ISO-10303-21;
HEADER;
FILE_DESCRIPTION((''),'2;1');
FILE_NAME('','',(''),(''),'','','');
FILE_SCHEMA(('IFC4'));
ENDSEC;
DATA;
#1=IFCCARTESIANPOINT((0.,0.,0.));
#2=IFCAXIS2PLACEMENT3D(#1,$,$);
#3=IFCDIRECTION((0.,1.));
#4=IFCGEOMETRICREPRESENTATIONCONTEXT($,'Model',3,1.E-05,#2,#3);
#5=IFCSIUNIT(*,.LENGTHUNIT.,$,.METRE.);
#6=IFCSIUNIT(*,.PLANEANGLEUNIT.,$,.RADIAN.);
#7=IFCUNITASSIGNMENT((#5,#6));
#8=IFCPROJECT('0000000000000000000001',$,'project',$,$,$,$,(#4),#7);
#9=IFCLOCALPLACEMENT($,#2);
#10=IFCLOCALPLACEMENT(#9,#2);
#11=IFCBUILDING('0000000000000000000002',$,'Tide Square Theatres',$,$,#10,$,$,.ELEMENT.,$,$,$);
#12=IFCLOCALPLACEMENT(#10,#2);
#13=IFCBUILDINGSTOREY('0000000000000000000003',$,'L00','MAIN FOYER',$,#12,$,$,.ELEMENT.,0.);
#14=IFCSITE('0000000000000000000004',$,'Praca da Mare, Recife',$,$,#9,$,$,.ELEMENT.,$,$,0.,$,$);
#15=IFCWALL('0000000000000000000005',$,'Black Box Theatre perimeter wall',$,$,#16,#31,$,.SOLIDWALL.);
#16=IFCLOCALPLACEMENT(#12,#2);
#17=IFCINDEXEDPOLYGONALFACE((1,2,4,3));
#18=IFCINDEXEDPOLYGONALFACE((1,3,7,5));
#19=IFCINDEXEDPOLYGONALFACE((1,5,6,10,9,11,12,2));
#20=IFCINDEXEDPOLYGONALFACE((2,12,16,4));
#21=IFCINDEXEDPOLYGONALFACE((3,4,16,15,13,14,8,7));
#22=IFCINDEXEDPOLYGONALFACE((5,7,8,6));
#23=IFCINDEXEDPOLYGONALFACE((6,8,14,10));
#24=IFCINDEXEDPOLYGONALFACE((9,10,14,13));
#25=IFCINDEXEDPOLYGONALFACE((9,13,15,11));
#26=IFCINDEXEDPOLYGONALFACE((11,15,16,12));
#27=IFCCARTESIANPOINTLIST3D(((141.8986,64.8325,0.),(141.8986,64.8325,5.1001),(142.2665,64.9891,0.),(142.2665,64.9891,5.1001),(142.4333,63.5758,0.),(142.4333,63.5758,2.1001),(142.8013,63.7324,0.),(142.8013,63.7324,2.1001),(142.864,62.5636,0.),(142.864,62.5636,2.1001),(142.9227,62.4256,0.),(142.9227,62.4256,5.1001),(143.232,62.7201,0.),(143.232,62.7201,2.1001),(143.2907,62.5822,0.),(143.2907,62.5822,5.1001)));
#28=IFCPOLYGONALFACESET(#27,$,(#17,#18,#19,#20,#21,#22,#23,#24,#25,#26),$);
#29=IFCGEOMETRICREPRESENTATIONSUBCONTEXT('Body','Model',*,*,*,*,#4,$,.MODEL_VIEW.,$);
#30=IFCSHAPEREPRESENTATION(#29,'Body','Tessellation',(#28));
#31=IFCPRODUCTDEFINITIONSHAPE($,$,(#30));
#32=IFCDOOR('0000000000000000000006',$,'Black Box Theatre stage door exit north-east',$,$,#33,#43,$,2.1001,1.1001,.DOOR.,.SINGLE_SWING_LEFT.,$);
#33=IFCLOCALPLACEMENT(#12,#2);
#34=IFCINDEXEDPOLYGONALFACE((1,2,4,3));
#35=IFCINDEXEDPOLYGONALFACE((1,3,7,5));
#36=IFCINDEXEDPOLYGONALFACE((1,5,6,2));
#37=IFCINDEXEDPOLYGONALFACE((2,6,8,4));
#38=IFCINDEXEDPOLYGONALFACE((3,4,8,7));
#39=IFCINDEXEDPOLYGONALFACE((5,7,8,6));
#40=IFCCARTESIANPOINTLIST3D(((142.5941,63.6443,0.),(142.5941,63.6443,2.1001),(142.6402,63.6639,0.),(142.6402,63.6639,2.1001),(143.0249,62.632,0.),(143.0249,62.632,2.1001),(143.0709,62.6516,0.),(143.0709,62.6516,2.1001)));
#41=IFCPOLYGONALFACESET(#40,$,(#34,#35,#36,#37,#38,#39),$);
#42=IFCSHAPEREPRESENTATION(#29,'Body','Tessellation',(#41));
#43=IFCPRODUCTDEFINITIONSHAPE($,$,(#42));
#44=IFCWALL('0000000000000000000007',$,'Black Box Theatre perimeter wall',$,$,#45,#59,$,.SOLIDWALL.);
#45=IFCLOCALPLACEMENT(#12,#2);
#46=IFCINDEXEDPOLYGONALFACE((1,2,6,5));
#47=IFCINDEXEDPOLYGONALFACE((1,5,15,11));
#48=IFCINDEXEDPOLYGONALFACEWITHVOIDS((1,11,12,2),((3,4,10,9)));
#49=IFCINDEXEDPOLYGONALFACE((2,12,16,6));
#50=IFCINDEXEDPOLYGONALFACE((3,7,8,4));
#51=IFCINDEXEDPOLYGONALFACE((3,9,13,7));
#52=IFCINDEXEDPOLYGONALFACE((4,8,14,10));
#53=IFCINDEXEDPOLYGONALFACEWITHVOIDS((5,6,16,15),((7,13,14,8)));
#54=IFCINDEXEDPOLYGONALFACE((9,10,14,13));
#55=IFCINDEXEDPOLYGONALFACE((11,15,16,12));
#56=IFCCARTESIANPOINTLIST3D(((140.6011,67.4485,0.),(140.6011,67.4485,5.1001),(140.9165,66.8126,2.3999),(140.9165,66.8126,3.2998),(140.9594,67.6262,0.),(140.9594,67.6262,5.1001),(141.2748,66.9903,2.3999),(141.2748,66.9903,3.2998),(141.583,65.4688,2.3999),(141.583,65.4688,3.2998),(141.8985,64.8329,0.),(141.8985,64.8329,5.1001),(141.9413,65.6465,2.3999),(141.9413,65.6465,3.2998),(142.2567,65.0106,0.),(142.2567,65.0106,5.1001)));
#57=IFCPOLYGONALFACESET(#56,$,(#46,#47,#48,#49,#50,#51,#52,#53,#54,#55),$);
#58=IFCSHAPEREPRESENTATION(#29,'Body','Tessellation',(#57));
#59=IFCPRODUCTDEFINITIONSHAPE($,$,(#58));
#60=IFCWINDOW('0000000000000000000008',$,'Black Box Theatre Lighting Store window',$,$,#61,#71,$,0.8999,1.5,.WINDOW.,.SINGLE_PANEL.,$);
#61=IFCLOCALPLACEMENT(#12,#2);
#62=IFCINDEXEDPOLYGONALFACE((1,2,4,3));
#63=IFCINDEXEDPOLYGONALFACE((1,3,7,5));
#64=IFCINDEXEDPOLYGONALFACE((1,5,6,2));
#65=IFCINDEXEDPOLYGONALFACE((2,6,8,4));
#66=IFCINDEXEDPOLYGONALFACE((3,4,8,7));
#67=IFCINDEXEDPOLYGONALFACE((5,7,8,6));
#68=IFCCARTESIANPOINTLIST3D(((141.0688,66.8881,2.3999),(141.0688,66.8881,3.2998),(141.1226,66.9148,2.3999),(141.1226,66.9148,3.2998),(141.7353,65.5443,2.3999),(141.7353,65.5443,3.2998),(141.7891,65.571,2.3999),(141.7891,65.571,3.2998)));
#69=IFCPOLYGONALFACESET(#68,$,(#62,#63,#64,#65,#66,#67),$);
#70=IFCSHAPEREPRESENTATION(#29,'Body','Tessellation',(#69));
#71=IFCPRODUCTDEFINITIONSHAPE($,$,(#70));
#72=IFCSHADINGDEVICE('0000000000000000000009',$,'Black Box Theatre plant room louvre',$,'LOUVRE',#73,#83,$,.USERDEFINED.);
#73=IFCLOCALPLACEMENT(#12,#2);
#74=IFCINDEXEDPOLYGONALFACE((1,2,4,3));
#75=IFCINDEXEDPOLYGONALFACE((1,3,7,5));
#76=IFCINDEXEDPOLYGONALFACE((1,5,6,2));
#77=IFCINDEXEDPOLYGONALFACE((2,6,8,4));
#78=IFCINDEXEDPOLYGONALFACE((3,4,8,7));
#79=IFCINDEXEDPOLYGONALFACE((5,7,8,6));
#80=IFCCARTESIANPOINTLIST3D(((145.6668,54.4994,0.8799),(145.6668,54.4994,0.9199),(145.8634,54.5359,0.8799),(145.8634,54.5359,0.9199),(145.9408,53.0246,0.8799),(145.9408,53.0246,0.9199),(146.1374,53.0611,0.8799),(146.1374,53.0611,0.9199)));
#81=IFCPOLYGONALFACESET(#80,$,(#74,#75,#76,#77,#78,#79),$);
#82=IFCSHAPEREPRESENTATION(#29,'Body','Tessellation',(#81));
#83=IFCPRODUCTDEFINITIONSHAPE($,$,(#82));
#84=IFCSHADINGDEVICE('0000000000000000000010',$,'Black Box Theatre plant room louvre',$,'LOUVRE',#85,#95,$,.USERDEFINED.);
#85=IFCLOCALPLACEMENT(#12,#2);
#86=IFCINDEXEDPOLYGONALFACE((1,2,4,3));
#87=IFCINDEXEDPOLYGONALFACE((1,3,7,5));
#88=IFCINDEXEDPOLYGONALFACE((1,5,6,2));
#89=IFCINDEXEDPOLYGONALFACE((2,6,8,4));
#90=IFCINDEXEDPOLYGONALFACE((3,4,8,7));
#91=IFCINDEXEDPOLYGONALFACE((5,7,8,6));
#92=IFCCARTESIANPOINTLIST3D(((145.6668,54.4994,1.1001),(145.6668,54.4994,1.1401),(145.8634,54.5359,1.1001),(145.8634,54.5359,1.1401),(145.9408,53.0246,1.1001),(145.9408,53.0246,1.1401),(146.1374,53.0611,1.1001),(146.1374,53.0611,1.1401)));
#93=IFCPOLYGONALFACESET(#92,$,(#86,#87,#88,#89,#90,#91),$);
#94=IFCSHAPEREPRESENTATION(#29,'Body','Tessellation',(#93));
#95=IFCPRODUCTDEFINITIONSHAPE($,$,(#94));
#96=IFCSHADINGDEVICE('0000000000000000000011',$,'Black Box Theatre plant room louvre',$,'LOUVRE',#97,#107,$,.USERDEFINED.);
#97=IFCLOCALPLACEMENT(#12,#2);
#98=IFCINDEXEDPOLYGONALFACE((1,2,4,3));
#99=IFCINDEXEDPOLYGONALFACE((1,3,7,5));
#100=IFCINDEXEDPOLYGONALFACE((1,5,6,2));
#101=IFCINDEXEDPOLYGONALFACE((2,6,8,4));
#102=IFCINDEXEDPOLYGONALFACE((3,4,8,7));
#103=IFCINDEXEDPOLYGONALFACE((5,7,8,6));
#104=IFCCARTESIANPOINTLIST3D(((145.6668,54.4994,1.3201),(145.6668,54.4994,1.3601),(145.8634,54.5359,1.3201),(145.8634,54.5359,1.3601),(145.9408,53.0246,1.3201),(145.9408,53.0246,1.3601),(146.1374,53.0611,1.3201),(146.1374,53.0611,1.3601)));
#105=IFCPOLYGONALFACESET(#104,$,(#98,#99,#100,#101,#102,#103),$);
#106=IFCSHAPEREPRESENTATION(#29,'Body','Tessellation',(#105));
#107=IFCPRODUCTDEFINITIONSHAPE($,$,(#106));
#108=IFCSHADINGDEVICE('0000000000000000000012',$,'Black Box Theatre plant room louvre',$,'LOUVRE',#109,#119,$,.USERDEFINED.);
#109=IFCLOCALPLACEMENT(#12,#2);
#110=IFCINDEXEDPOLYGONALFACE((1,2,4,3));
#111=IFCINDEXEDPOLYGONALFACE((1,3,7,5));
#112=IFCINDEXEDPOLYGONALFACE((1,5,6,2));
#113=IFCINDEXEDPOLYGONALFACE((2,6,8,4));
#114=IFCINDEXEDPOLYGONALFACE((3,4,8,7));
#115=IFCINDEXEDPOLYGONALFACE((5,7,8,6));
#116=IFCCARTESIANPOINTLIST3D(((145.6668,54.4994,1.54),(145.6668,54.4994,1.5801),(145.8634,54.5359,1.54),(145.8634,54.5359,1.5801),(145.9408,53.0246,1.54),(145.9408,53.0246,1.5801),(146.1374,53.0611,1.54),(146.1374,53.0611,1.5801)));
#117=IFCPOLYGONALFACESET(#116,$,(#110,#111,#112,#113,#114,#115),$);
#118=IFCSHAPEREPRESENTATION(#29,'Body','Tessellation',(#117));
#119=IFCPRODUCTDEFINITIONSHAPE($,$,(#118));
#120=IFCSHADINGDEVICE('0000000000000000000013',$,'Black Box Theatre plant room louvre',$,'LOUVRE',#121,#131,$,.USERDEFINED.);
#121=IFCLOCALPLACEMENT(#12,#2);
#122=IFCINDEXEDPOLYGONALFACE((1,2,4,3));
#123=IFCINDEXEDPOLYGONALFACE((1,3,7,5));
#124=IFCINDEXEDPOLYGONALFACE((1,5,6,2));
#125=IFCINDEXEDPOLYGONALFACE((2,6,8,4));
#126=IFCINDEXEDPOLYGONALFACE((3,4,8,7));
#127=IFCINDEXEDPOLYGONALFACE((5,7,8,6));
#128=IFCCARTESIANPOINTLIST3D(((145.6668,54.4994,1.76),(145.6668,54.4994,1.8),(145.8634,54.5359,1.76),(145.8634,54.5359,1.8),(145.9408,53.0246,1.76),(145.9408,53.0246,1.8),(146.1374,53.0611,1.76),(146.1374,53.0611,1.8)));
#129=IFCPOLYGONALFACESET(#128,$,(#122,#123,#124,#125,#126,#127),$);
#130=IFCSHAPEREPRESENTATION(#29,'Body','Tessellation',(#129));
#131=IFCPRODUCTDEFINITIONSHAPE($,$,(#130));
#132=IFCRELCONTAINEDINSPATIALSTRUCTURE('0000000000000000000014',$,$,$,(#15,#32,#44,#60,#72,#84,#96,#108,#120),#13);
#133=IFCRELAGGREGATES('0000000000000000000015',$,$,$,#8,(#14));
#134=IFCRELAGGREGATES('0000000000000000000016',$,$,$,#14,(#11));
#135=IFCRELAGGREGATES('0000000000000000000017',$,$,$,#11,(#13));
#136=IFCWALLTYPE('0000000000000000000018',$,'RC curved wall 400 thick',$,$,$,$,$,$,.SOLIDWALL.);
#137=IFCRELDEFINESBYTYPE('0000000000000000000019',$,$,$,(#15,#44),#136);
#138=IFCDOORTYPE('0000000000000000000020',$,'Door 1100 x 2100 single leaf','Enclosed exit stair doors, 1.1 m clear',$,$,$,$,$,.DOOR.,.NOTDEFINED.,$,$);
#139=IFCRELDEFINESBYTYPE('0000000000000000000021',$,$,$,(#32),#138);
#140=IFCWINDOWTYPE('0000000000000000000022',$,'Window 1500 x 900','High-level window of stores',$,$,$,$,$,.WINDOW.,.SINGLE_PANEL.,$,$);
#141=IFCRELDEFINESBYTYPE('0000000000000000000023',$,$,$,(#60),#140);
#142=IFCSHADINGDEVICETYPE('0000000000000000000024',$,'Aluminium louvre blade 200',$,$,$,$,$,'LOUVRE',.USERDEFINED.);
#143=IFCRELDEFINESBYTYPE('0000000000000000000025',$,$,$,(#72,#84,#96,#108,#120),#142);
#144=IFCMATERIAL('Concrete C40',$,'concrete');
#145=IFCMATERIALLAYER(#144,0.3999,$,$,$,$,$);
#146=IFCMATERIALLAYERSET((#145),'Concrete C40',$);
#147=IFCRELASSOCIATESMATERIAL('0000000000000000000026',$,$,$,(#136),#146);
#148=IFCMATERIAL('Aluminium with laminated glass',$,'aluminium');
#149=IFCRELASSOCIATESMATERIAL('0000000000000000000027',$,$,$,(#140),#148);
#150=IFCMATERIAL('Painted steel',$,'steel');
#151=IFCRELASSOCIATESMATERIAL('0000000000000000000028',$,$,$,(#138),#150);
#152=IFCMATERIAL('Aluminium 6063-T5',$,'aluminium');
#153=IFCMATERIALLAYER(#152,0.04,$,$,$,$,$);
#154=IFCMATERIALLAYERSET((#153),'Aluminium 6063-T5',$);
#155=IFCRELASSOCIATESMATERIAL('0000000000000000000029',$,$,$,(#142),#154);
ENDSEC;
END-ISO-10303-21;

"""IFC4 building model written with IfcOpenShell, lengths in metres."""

from ifc_helpers import new_model, si_unit, direction, frame, frame_2d, origin, origin_2d, place, context, subcontext, project, spatial, rectangle, extrude, material, layer, layer_set, type_object, element, fill, save


model = new_model("IFC4")

# Units and contexts
model_context = context("Model", 3, precision=1e-05, world=origin(), true_north=direction((0.0, 1.0)))
body_context = subcontext(model_context, "Body", "Model", "MODEL_VIEW")
ifc_project = project(units=[si_unit("LENGTHUNIT", "METRE"), si_unit("PLANEANGLEUNIT", "RADIAN")], contexts=[model_context])

# Site, building, storey
site_placement = place(None, origin())
site = spatial("IfcSite", under=ifc_project, at=site_placement, Name="Praca da Mare, Recife", CompositionType="ELEMENT", RefElevation=0.0)
building_placement = place(site_placement, origin())
building = spatial("IfcBuilding", under=site, at=building_placement, Name="Tide Square Theatres", CompositionType="ELEMENT")
storey_placement = place(building_placement, origin())
storey = spatial("IfcBuildingStorey", under=building, at=storey_placement, Name="L00", Description="MAIN FOYER", CompositionType="ELEMENT", Elevation=0.0)

# Shared definitions
ifc_material_1 = material(Name="Concrete C40", Category="concrete")
ifc_layer_1 = layer(ifc_material_1, 0.3999)
ifc_layer_set_1 = layer_set([ifc_layer_1], Name="Concrete C40")
wall_type_1 = type_object("IfcWallType", Name="RC curved wall 400 thick", PredefinedType="SOLIDWALL", material=ifc_layer_set_1)
ifc_material_2 = material(Name="Aluminium with laminated glass", Category="aluminium")
window_type_1 = type_object("IfcWindowType", Name="Window 1500 x 900", Description="High-level window of stores", PartitioningType="SINGLE_PANEL", PredefinedType="WINDOW", material=ifc_material_2)

# Wall, opening, door
wall_1_placement = place(storey_placement, frame((143.1067, 62.5039, 0.0), z_axis=(0.0, 0.0, 1.0), x_axis=(-0.39153, 0.920165, 0.0)))
wall_1 = element("IfcWall", 1, at=wall_1_placement, inside=storey, type_object=wall_type_1, Name="Black Box Theatre perimeter wall", PredefinedType="SOLIDWALL", context=body_context, shape_type="SweptSolid", body=[
    extrude(rectangle(XDim=2.6157, YDim=0.3999, at=frame_2d((1.3079, 0.0))), origin(), (0.0, 0.0, 1.0), 5.1001),
])
opening_1_placement = place(wall_1_placement, frame((0.1499, 0.0, 0.0)))
opening_1 = element("IfcOpeningElement", 2, at=opening_1_placement, cuts=wall_1, PredefinedType="OPENING", context=body_context, shape_type="SweptSolid", body=[
    extrude(rectangle(XDim=1.1001, YDim=2.1001, at=frame_2d((0.55, 1.05))), frame((0.0, 0.21, 0.0), z_axis=(0.0, -1.0, 0.0), x_axis=(1.0, 0.0, 0.0)), (0.0, 0.0, 1.0), 0.4199),
])
ifc_material_3 = material(Name="Painted steel", Category="steel")
door_type = type_object("IfcDoorType", Name="Door 1100 x 2100 single leaf", Description="Enclosed exit stair doors, 1.1 m clear", OperationType="NOTDEFINED", PredefinedType="DOOR", material=ifc_material_3)
door_placement = place(opening_1_placement, frame((1.1001, 0.0, 0.0), z_axis=(0.0, 0.0, 1.0), x_axis=(-1.0, 0.0, 0.0)))
door = element("IfcDoor", 3, at=door_placement, inside=storey, type_object=door_type, Name="Black Box Theatre stage door exit north-east", OperationType="SINGLE_SWING_LEFT", OverallHeight=2.1001, OverallWidth=1.1001, PredefinedType="DOOR", context=body_context, shape_type="SweptSolid", body=[
    extrude(rectangle(XDim=1.1001, YDim=2.1001, at=frame_2d((0.55, 1.05))), frame((0.0, 0.0249, 0.0), z_axis=(0.0, -1.0, 0.0), x_axis=(1.0, 0.0, 0.0)), (0.0, 0.0, 1.0), 0.05),
])
fill(opening_1, door)

# Wall, opening, window
wall_2_placement = place(storey_placement, frame((142.0776, 64.9216, 0.0), z_axis=(0.0, 0.0, 1.0), x_axis=(-0.444335, 0.895861, 0.0)))
wall_2 = element("IfcWall", 4, at=wall_2_placement, inside=storey, type_object=wall_type_1, Name="Black Box Theatre perimeter wall", PredefinedType="SOLIDWALL", context=body_context, shape_type="SweptSolid", body=[
    extrude(rectangle(XDim=2.9197, YDim=0.3999, at=frame_2d((1.46, 0.0))), origin(), (0.0, 0.0, 1.0), 5.1001),
])
opening_2_placement = place(wall_2_placement, frame((0.71, 0.0, 2.3999)))
opening_2 = element("IfcOpeningElement", 5, at=opening_2_placement, cuts=wall_2, PredefinedType="OPENING", context=body_context, shape_type="SweptSolid", body=[
    extrude(rectangle(XDim=1.5, YDim=0.8999, at=frame_2d((0.75, 0.45))), frame((0.0, 0.21, 0.0), z_axis=(0.0, -1.0, 0.0), x_axis=(1.0, 0.0, 0.0)), (0.0, 0.0, 1.0), 0.4199),
])
window_1_placement = place(opening_2_placement, origin())
window_1 = element("IfcWindow", 6, at=window_1_placement, inside=storey, type_object=window_type_1, Name="Black Box Theatre Lighting Store window", OverallHeight=0.8999, OverallWidth=1.5, PartitioningType="SINGLE_PANEL", PredefinedType="WINDOW", context=body_context, shape_type="SweptSolid", body=[
    extrude(rectangle(XDim=1.5, YDim=0.8999, at=frame_2d((0.75, 0.45))), frame((0.0, 0.03, 0.0), z_axis=(0.0, -1.0, 0.0), x_axis=(1.0, 0.0, 0.0)), (0.0, 0.0, 1.0), 0.0601),
])
fill(opening_2, window_1)

# Shading devices
ifc_material_4 = material(Name="Aluminium 6063-T5", Category="aluminium")
ifc_layer_2 = layer(ifc_material_4, 0.04)
ifc_layer_set_2 = layer_set([ifc_layer_2], Name="Aluminium 6063-T5")
shading_device_type = type_object("IfcShadingDeviceType", Name="Aluminium louvre blade 200", ElementType="LOUVRE", PredefinedType="USERDEFINED", material=ifc_layer_set_2)
for number, where, z_axis, x_axis, name in (
    (7, (145.9021, 53.7803, 0.8799), (0.0, 0.0, 1.0), (-0.18263, 0.983182, 0.0), "Black Box Theatre plant room louvre"),
    (8, (145.9021, 53.7803, 1.1001), (0.0, 0.0, 1.0), (-0.18263, 0.983182, 0.0), "Black Box Theatre plant room louvre"),
    (9, (145.9021, 53.7803, 1.3201), (0.0, 0.0, 1.0), (-0.18263, 0.983182, 0.0), "Black Box Theatre plant room louvre"),
    (10, (145.9021, 53.7803, 1.54), (0.0, 0.0, 1.0), (-0.18263, 0.983182, 0.0), "Black Box Theatre plant room louvre"),
    (11, (145.9021, 53.7803, 1.76), (0.0, 0.0, 1.0), (-0.18263, 0.983182, 0.0), "Black Box Theatre plant room louvre"),
):
    element("IfcShadingDevice", number, at=place(storey_placement, frame(where, z_axis=z_axis, x_axis=x_axis)), inside=storey, type_object=shading_device_type, Name=name, ObjectType="LOUVRE", PredefinedType="USERDEFINED", context=body_context, shape_type="SweptSolid", body=[
        extrude(rectangle(XDim=1.5, YDim=0.2, at=origin_2d()), origin(), (0.0, 0.0, 1.0), 0.04),
    ])

save(model, "model.ifc")
